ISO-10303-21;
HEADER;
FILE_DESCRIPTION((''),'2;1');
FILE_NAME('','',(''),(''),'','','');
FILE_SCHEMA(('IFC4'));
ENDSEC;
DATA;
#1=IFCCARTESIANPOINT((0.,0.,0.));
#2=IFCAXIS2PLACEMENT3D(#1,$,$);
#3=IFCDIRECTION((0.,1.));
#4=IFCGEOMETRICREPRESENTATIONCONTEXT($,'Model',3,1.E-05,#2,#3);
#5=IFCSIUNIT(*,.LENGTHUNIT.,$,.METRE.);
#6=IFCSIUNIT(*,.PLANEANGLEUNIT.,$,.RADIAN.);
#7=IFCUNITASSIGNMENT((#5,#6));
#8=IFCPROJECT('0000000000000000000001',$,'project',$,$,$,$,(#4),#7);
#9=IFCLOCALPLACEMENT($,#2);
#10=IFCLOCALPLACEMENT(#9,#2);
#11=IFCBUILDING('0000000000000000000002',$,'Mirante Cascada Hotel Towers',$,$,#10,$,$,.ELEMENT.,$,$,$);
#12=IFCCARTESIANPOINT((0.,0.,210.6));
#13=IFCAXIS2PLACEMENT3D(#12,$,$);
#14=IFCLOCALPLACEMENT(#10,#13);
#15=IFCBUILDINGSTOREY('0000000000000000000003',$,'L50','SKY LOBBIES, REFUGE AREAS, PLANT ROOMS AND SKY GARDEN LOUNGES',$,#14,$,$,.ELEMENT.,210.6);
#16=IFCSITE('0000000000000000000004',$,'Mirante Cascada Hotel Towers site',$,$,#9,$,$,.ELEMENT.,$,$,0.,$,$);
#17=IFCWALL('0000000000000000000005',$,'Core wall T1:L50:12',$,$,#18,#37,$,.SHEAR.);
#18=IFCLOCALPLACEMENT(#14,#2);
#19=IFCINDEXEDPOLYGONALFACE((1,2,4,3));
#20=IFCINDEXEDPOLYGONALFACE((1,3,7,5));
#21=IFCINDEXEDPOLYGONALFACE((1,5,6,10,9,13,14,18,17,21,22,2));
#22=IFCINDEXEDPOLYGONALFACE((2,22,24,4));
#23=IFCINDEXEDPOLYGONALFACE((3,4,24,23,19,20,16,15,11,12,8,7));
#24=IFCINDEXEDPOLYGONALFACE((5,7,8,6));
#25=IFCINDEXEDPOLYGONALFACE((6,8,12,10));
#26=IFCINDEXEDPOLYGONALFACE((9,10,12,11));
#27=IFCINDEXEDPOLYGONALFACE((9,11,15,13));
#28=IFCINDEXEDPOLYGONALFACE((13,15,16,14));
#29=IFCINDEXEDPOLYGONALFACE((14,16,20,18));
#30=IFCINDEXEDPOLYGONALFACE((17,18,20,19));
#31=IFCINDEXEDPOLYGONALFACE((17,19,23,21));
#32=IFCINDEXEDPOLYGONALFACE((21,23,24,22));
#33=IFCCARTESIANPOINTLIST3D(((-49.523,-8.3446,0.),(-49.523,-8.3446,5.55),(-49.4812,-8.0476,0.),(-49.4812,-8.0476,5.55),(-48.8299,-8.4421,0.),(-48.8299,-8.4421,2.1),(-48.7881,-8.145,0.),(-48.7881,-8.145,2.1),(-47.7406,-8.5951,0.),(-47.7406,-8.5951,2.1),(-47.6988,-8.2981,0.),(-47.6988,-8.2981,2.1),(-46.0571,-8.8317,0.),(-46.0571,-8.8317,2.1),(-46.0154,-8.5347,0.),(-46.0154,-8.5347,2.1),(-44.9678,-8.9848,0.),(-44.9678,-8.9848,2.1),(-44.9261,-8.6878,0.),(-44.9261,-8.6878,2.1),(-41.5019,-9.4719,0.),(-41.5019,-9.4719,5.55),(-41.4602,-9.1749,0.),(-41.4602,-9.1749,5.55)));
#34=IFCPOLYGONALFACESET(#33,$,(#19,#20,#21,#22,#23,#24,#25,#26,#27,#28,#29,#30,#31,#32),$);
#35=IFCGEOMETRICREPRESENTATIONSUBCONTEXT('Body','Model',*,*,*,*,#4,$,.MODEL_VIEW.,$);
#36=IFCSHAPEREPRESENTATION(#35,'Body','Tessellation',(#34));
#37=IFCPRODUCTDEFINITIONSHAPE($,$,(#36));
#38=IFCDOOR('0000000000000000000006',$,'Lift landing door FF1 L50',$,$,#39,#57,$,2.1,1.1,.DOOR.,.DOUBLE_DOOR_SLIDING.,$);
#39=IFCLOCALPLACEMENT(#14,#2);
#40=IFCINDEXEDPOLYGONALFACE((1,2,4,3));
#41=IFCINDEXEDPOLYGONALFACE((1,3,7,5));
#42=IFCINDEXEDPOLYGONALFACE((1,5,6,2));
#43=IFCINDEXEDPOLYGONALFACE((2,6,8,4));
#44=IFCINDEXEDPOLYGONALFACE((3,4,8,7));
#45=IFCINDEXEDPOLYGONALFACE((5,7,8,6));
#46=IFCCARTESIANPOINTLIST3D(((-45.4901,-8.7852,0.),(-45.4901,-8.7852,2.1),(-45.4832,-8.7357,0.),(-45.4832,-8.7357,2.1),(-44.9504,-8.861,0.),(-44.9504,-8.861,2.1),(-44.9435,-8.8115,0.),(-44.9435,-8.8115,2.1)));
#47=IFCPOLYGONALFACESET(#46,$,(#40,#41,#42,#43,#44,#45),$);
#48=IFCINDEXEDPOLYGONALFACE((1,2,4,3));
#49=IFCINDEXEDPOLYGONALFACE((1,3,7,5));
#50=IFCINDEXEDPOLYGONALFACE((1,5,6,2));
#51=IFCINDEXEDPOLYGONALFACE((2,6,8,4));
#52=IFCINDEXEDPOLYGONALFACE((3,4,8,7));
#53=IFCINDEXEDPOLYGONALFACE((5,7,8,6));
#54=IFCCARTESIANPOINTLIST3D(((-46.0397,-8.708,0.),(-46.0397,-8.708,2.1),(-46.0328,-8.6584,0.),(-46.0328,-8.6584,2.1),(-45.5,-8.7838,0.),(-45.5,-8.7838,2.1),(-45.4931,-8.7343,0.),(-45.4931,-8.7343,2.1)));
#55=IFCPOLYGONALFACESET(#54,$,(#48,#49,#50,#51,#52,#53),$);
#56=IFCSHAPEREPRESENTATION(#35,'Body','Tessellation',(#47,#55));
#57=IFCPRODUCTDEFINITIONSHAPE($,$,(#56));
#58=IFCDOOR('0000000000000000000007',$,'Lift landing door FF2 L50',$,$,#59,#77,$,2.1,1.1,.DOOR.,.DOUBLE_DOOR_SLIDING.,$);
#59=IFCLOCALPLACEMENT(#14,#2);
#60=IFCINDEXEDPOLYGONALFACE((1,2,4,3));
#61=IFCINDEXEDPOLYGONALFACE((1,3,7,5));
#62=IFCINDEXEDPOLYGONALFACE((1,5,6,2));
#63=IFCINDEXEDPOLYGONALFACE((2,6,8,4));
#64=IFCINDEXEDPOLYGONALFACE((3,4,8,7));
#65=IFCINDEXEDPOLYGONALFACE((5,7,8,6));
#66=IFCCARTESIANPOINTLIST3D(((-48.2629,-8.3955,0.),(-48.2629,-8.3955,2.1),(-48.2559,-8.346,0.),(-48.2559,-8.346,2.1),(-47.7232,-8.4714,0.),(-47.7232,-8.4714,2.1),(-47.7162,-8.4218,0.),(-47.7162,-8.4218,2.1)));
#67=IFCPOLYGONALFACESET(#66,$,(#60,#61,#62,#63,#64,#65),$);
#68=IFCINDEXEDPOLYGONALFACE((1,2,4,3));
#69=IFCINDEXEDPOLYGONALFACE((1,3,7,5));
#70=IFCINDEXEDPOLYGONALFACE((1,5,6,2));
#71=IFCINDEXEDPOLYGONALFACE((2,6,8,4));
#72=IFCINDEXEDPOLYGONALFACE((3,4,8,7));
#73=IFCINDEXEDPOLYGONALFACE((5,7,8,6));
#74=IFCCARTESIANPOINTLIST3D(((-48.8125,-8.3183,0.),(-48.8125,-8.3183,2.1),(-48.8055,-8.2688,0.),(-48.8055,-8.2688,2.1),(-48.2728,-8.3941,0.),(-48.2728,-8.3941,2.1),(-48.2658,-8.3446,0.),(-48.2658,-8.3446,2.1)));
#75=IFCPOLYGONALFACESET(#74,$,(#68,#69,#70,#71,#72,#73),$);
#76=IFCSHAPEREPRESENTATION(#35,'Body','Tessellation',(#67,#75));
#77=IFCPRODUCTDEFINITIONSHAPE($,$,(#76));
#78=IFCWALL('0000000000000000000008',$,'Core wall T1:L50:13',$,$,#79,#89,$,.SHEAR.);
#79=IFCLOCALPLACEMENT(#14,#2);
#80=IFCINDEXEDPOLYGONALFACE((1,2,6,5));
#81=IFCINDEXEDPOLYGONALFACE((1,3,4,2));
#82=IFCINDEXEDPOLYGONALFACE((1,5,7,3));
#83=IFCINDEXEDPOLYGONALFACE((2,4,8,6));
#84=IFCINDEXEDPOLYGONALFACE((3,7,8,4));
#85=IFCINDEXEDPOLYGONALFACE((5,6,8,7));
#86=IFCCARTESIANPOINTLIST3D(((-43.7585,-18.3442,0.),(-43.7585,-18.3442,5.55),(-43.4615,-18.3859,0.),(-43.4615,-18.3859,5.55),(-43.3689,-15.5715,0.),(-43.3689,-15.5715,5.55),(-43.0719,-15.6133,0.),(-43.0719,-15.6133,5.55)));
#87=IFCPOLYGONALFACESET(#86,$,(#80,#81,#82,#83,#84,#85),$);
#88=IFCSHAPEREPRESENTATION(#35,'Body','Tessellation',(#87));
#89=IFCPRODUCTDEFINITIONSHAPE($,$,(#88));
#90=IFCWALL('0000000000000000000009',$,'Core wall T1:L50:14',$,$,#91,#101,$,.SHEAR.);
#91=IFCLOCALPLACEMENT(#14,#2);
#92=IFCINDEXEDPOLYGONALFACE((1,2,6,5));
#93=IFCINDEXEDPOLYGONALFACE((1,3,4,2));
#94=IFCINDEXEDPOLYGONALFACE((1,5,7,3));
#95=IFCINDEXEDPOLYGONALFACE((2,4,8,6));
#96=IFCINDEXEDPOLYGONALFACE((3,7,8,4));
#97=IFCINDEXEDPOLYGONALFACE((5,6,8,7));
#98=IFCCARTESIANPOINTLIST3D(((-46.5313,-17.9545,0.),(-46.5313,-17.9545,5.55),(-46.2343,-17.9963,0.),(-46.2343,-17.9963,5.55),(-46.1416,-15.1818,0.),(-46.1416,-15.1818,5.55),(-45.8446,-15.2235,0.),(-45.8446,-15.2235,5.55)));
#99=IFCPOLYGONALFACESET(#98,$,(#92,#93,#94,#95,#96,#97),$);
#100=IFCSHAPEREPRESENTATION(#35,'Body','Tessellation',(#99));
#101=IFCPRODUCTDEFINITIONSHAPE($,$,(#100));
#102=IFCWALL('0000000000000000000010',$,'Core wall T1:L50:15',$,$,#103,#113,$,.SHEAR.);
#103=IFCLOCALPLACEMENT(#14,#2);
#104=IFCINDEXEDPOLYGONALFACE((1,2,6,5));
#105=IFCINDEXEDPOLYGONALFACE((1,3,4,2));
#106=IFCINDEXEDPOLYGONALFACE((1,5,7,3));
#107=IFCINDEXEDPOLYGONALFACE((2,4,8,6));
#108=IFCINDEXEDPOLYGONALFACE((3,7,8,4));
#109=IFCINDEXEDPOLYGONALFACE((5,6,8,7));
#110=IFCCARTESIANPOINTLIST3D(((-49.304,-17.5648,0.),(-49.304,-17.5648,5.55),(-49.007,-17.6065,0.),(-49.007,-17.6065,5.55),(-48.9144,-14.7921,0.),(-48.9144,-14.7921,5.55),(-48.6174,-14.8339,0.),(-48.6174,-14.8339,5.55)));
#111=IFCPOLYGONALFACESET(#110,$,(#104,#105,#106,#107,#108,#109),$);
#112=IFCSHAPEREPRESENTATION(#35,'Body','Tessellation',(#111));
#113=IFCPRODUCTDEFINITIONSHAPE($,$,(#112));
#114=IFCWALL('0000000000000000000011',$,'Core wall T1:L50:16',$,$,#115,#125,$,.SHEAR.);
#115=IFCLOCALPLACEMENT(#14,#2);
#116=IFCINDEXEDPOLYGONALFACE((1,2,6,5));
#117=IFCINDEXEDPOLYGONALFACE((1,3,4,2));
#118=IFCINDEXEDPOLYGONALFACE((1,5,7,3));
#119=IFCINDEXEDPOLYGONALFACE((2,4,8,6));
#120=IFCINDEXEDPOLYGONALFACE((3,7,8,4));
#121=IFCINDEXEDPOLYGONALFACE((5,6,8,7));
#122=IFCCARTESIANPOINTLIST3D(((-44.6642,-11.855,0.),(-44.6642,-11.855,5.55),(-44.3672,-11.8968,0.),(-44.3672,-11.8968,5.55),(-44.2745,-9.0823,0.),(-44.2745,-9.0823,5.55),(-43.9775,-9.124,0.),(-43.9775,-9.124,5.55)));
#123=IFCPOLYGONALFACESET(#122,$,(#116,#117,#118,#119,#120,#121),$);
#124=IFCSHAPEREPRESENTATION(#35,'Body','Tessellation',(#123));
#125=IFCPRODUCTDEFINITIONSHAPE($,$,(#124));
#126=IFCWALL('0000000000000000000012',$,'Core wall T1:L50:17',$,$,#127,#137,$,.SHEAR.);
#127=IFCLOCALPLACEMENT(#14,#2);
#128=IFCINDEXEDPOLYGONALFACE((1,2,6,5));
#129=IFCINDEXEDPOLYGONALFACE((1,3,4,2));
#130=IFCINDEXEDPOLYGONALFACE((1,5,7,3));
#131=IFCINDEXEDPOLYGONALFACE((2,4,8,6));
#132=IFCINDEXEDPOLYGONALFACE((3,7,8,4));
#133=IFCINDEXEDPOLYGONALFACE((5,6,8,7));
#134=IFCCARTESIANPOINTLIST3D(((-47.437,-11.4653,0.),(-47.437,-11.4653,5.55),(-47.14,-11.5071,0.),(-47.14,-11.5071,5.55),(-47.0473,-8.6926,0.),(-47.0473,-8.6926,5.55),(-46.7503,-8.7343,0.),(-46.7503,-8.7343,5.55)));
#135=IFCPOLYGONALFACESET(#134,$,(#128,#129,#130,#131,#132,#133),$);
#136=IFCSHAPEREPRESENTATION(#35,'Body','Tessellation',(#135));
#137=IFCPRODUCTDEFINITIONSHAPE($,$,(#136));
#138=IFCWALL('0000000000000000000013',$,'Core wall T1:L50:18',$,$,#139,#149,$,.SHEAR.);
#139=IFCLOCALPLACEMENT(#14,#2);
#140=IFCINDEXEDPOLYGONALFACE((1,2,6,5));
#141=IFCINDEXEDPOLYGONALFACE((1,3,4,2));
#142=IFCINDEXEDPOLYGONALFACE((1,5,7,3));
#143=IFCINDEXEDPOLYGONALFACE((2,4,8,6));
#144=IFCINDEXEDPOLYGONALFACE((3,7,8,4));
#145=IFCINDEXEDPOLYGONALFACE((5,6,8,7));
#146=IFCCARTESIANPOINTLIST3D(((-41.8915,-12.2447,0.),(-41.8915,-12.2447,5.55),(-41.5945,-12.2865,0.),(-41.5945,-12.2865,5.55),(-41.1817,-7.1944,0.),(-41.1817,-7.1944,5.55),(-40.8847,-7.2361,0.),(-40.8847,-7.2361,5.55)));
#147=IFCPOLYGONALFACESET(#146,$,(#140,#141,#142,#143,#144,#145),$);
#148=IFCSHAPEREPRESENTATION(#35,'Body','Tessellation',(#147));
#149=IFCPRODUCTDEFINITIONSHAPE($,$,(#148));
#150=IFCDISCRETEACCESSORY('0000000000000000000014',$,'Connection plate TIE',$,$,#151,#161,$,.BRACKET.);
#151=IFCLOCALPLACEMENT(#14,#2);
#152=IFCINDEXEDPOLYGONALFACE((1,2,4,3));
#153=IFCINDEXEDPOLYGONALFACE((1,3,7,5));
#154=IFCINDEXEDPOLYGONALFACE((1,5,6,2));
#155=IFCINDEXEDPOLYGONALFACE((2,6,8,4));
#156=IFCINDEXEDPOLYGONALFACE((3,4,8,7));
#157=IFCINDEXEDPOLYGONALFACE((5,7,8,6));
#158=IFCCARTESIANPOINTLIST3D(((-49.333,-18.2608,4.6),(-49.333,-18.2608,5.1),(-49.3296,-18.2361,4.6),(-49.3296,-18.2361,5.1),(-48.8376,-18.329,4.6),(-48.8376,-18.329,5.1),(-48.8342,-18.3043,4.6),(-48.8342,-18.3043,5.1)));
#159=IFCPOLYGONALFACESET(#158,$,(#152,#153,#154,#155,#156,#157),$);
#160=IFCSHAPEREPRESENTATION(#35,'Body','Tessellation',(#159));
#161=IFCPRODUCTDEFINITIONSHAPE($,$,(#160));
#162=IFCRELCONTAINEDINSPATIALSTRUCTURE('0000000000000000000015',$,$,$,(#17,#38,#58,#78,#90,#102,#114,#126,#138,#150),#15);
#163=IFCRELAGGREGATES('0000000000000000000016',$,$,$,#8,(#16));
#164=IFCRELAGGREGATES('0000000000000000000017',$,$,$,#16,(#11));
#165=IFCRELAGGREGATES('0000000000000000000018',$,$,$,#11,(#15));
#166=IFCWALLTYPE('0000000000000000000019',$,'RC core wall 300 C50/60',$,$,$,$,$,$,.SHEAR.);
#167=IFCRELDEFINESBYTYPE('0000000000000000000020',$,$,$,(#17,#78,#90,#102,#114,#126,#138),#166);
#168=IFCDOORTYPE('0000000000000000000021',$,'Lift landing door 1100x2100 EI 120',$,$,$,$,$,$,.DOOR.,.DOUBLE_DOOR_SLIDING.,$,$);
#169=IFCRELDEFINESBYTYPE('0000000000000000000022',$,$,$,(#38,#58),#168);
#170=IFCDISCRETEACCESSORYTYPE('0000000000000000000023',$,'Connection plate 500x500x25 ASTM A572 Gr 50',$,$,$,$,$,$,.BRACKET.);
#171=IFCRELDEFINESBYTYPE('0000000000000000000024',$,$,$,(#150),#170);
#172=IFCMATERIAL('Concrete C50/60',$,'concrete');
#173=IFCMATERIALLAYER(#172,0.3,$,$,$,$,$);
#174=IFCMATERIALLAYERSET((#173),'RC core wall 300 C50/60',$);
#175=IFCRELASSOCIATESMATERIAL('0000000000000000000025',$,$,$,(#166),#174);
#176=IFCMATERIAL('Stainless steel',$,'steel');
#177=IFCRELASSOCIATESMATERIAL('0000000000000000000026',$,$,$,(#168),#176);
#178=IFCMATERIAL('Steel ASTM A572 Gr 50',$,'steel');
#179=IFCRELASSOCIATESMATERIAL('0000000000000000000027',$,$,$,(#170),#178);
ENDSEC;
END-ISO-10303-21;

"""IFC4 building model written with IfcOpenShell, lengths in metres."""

from ifc_helpers import new_model, si_unit, direction, frame, frame_2d, origin, origin_2d, place, context, subcontext, project, spatial, rectangle, extrude, material, layer, layer_set, material_profile, profile_set, type_object, element, fill, save


model = new_model("IFC4")

# Units and contexts
model_context = context("Model", 3, precision=1e-05, world=origin(), true_north=direction((0.0, 1.0)))
body_context = subcontext(model_context, "Body", "Model", "MODEL_VIEW")
ifc_project = project(units=[si_unit("LENGTHUNIT", "METRE"), si_unit("PLANEANGLEUNIT", "RADIAN")], contexts=[model_context])

# Site, building, storey
site_placement = place(None, origin())
site = spatial("IfcSite", under=ifc_project, at=site_placement, Name="Mirante Cascada Hotel Towers site", CompositionType="ELEMENT", RefElevation=0.0)
building_placement = place(site_placement, origin())
building = spatial("IfcBuilding", under=site, at=building_placement, Name="Mirante Cascada Hotel Towers", CompositionType="ELEMENT")
storey_placement = place(building_placement, frame((0.0, 0.0, 210.6)))
storey = spatial("IfcBuildingStorey", under=building, at=storey_placement, Name="L50", Description="SKY LOBBIES, REFUGE AREAS, PLANT ROOMS AND SKY GARDEN LOUNGES", CompositionType="ELEMENT", Elevation=210.6)

# Shared definitions
ifc_material_1 = material(Name="Concrete C50/60", Category="concrete")
ifc_layer_1 = layer(ifc_material_1, 0.3)
ifc_layer_set_1 = layer_set([ifc_layer_1], Name="RC core wall 300 C50/60")
wall_type_1 = type_object("IfcWallType", Name="RC core wall 300 C50/60", PredefinedType="SHEAR", material=ifc_layer_set_1)
ifc_material_2 = material(Name="Stainless steel", Category="steel")
door_type_1 = type_object("IfcDoorType", Name="Lift landing door 1100x2100 EI 120", OperationType="DOUBLE_DOOR_SLIDING", PredefinedType="DOOR", material=ifc_material_2)

# Wall, openings, doors
wall_1_placement = place(storey_placement, frame((-41.481, -9.3234, 0.0), z_axis=(0.0, 0.0, 1.0), x_axis=(-0.990268, 0.139174, 0.0)))
wall_1 = element("IfcWall", 1, at=wall_1_placement, inside=storey, type_object=wall_type_1, Name="Core wall T1:L50:12", PredefinedType="SHEAR", context=body_context, shape_type="SweptSolid", body=[
    extrude(rectangle(XDim=8.0999, YDim=0.3, at=frame_2d((4.05, 0.0))), origin(), (0.0, 0.0, 1.0), 5.55),
])
opening_1_placement = place(wall_1_placement, frame((3.5, 0.0, 0.0)))
opening_1 = element("IfcOpeningElement", 2, at=opening_1_placement, cuts=wall_1, PredefinedType="OPENING", context=body_context, shape_type="SweptSolid", body=[
    extrude(rectangle(XDim=1.1, YDim=2.1, at=frame_2d((0.55, 1.05))), frame((0.0, 0.15, 0.0), z_axis=(0.0, -1.0, 0.0), x_axis=(1.0, 0.0, 0.0)), (0.0, 0.0, 1.0), 0.3),
])
opening_2_placement = place(wall_1_placement, frame((6.3, 0.0, 0.0)))
opening_2 = element("IfcOpeningElement", 3, at=opening_2_placement, cuts=wall_1, PredefinedType="OPENING", context=body_context, shape_type="SweptSolid", body=[
    extrude(rectangle(XDim=1.1, YDim=2.1, at=frame_2d((0.55, 1.05))), frame((0.0, 0.15, 0.0), z_axis=(0.0, -1.0, 0.0), x_axis=(1.0, 0.0, 0.0)), (0.0, 0.0, 1.0), 0.3),
])
door_1_placement = place(opening_1_placement, origin())
door_1 = element("IfcDoor", 4, at=door_1_placement, inside=storey, type_object=door_type_1, Name="Lift landing door FF1 L50", OperationType="DOUBLE_DOOR_SLIDING", OverallHeight=2.1, OverallWidth=1.1, PredefinedType="DOOR", context=body_context, shape_type="SweptSolid", body=[
    extrude(rectangle(XDim=0.545, YDim=2.1, at=frame_2d((0.2725, 1.05))), frame((0.0, 0.025, 0.0), z_axis=(0.0, -1.0, 0.0), x_axis=(1.0, 0.0, 0.0)), (0.0, 0.0, 1.0), 0.05),
    extrude(rectangle(XDim=0.545, YDim=2.1, at=frame_2d((0.8275, 1.05))), frame((0.0, 0.025, 0.0), z_axis=(0.0, -1.0, 0.0), x_axis=(1.0, 0.0, 0.0)), (0.0, 0.0, 1.0), 0.05),
])
fill(opening_1, door_1)
door_2_placement = place(opening_2_placement, origin())
door_2 = element("IfcDoor", 5, at=door_2_placement, inside=storey, type_object=door_type_1, Name="Lift landing door FF2 L50", OperationType="DOUBLE_DOOR_SLIDING", OverallHeight=2.1, OverallWidth=1.1, PredefinedType="DOOR", context=body_context, shape_type="SweptSolid", body=[
    extrude(rectangle(XDim=0.545, YDim=2.1, at=frame_2d((0.2725, 1.05))), frame((0.0, 0.025, 0.0), z_axis=(0.0, -1.0, 0.0), x_axis=(1.0, 0.0, 0.0)), (0.0, 0.0, 1.0), 0.05),
    extrude(rectangle(XDim=0.545, YDim=2.1, at=frame_2d((0.8275, 1.05))), frame((0.0, 0.025, 0.0), z_axis=(0.0, -1.0, 0.0), x_axis=(1.0, 0.0, 0.0)), (0.0, 0.0, 1.0), 0.05),
])
fill(opening_2, door_2)

# Walls
wall_2_placement = place(storey_placement, frame((-43.61, -18.3651, 0.0), z_axis=(0.0, 0.0, 1.0), x_axis=(0.139146, 0.990272, 0.0)))
element("IfcWall", 6, at=wall_2_placement, inside=storey, type_object=wall_type_1, Name="Core wall T1:L50:13", PredefinedType="SHEAR", context=body_context, shape_type="SweptSolid", body=[
    extrude(rectangle(XDim=2.7999, YDim=0.3, at=frame_2d((1.4, 0.0))), origin(), (0.0, 0.0, 1.0), 5.55),
])
wall_3_placement = place(storey_placement, frame((-46.3828, -17.9754, 0.0), z_axis=(0.0, 0.0, 1.0), x_axis=(0.139181, 0.990267, 0.0)))
element("IfcWall", 7, at=wall_3_placement, inside=storey, type_object=wall_type_1, Name="Core wall T1:L50:14", PredefinedType="SHEAR", context=body_context, shape_type="SweptSolid", body=[
    extrude(rectangle(XDim=2.8, YDim=0.3, at=frame_2d((1.4, 0.0))), origin(), (0.0, 0.0, 1.0), 5.55),
])
wall_4_placement = place(storey_placement, frame((-49.1555, -17.5857, 0.0), z_axis=(0.0, 0.0, 1.0), x_axis=(0.139146, 0.990272, 0.0)))
element("IfcWall", 8, at=wall_4_placement, inside=storey, type_object=wall_type_1, Name="Core wall T1:L50:15", PredefinedType="SHEAR", context=body_context, shape_type="SweptSolid", body=[
    extrude(rectangle(XDim=2.7999, YDim=0.3, at=frame_2d((1.4, 0.0))), origin(), (0.0, 0.0, 1.0), 5.55),
])
for number, where, z_axis, x_axis, name in (
    (9, (-44.5157, -11.8759, 0.0), (0.0, 0.0, 1.0), (0.139181, 0.990267, 0.0), "Core wall T1:L50:16"),
    (10, (-47.2885, -11.4862, 0.0), (0.0, 0.0, 1.0), (0.139181, 0.990267, 0.0), "Core wall T1:L50:17"),
):
    element("IfcWall", number, at=place(storey_placement, frame(where, z_axis=z_axis, x_axis=x_axis)), inside=storey, type_object=wall_type_1, Name=name, PredefinedType="SHEAR", context=body_context, shape_type="SweptSolid", body=[
        extrude(rectangle(XDim=2.8, YDim=0.3, at=frame_2d((1.4, 0.0))), origin(), (0.0, 0.0, 1.0), 5.55),
    ])
wall_5_placement = place(storey_placement, frame((-41.743, -12.2656, 0.0), z_axis=(0.0, 0.0, 1.0), x_axis=(0.139176, 0.990268, 0.0)))
element("IfcWall", 11, at=wall_5_placement, inside=storey, type_object=wall_type_1, Name="Core wall T1:L50:18", PredefinedType="SHEAR", context=body_context, shape_type="SweptSolid", body=[
    extrude(rectangle(XDim=5.1, YDim=0.3, at=frame_2d((2.55, 0.0))), origin(), (0.0, 0.0, 1.0), 5.55),
])

# Discrete accessory
ifc_material_3 = material(Name="Steel ASTM A572 Gr 50", Category="steel")
ifc_material_profile_1 = material_profile(ifc_material_3, rectangle(XDim=0.5, YDim=0.5, at=origin_2d()), Name="Connection plate 500x500x25 ASTM A572 Gr 50")
ifc_profile_set_1 = profile_set([ifc_material_profile_1], Name="Steel ASTM A572 Gr 50")
discrete_accessory_type = type_object("IfcDiscreteAccessoryType", Name="Connection plate 500x500x25 ASTM A572 Gr 50", PredefinedType="BRACKET", material=ifc_profile_set_1)
discrete_accessory_placement = place(storey_placement, frame((-49.0819, -18.2702, 4.85), z_axis=(-0.136366, -0.990658, 0.0), x_axis=(0.990658, -0.136366, 0.0)))
element("IfcDiscreteAccessory", 12, at=discrete_accessory_placement, inside=storey, type_object=discrete_accessory_type, Name="Connection plate TIE", PredefinedType="BRACKET", context=body_context, shape_type="SweptSolid", body=[
    extrude(rectangle(XDim=0.5, YDim=0.5, at=origin_2d()), origin(), (0.0, 0.0, 1.0), 0.0249),
])

save(model, "model.ifc")
